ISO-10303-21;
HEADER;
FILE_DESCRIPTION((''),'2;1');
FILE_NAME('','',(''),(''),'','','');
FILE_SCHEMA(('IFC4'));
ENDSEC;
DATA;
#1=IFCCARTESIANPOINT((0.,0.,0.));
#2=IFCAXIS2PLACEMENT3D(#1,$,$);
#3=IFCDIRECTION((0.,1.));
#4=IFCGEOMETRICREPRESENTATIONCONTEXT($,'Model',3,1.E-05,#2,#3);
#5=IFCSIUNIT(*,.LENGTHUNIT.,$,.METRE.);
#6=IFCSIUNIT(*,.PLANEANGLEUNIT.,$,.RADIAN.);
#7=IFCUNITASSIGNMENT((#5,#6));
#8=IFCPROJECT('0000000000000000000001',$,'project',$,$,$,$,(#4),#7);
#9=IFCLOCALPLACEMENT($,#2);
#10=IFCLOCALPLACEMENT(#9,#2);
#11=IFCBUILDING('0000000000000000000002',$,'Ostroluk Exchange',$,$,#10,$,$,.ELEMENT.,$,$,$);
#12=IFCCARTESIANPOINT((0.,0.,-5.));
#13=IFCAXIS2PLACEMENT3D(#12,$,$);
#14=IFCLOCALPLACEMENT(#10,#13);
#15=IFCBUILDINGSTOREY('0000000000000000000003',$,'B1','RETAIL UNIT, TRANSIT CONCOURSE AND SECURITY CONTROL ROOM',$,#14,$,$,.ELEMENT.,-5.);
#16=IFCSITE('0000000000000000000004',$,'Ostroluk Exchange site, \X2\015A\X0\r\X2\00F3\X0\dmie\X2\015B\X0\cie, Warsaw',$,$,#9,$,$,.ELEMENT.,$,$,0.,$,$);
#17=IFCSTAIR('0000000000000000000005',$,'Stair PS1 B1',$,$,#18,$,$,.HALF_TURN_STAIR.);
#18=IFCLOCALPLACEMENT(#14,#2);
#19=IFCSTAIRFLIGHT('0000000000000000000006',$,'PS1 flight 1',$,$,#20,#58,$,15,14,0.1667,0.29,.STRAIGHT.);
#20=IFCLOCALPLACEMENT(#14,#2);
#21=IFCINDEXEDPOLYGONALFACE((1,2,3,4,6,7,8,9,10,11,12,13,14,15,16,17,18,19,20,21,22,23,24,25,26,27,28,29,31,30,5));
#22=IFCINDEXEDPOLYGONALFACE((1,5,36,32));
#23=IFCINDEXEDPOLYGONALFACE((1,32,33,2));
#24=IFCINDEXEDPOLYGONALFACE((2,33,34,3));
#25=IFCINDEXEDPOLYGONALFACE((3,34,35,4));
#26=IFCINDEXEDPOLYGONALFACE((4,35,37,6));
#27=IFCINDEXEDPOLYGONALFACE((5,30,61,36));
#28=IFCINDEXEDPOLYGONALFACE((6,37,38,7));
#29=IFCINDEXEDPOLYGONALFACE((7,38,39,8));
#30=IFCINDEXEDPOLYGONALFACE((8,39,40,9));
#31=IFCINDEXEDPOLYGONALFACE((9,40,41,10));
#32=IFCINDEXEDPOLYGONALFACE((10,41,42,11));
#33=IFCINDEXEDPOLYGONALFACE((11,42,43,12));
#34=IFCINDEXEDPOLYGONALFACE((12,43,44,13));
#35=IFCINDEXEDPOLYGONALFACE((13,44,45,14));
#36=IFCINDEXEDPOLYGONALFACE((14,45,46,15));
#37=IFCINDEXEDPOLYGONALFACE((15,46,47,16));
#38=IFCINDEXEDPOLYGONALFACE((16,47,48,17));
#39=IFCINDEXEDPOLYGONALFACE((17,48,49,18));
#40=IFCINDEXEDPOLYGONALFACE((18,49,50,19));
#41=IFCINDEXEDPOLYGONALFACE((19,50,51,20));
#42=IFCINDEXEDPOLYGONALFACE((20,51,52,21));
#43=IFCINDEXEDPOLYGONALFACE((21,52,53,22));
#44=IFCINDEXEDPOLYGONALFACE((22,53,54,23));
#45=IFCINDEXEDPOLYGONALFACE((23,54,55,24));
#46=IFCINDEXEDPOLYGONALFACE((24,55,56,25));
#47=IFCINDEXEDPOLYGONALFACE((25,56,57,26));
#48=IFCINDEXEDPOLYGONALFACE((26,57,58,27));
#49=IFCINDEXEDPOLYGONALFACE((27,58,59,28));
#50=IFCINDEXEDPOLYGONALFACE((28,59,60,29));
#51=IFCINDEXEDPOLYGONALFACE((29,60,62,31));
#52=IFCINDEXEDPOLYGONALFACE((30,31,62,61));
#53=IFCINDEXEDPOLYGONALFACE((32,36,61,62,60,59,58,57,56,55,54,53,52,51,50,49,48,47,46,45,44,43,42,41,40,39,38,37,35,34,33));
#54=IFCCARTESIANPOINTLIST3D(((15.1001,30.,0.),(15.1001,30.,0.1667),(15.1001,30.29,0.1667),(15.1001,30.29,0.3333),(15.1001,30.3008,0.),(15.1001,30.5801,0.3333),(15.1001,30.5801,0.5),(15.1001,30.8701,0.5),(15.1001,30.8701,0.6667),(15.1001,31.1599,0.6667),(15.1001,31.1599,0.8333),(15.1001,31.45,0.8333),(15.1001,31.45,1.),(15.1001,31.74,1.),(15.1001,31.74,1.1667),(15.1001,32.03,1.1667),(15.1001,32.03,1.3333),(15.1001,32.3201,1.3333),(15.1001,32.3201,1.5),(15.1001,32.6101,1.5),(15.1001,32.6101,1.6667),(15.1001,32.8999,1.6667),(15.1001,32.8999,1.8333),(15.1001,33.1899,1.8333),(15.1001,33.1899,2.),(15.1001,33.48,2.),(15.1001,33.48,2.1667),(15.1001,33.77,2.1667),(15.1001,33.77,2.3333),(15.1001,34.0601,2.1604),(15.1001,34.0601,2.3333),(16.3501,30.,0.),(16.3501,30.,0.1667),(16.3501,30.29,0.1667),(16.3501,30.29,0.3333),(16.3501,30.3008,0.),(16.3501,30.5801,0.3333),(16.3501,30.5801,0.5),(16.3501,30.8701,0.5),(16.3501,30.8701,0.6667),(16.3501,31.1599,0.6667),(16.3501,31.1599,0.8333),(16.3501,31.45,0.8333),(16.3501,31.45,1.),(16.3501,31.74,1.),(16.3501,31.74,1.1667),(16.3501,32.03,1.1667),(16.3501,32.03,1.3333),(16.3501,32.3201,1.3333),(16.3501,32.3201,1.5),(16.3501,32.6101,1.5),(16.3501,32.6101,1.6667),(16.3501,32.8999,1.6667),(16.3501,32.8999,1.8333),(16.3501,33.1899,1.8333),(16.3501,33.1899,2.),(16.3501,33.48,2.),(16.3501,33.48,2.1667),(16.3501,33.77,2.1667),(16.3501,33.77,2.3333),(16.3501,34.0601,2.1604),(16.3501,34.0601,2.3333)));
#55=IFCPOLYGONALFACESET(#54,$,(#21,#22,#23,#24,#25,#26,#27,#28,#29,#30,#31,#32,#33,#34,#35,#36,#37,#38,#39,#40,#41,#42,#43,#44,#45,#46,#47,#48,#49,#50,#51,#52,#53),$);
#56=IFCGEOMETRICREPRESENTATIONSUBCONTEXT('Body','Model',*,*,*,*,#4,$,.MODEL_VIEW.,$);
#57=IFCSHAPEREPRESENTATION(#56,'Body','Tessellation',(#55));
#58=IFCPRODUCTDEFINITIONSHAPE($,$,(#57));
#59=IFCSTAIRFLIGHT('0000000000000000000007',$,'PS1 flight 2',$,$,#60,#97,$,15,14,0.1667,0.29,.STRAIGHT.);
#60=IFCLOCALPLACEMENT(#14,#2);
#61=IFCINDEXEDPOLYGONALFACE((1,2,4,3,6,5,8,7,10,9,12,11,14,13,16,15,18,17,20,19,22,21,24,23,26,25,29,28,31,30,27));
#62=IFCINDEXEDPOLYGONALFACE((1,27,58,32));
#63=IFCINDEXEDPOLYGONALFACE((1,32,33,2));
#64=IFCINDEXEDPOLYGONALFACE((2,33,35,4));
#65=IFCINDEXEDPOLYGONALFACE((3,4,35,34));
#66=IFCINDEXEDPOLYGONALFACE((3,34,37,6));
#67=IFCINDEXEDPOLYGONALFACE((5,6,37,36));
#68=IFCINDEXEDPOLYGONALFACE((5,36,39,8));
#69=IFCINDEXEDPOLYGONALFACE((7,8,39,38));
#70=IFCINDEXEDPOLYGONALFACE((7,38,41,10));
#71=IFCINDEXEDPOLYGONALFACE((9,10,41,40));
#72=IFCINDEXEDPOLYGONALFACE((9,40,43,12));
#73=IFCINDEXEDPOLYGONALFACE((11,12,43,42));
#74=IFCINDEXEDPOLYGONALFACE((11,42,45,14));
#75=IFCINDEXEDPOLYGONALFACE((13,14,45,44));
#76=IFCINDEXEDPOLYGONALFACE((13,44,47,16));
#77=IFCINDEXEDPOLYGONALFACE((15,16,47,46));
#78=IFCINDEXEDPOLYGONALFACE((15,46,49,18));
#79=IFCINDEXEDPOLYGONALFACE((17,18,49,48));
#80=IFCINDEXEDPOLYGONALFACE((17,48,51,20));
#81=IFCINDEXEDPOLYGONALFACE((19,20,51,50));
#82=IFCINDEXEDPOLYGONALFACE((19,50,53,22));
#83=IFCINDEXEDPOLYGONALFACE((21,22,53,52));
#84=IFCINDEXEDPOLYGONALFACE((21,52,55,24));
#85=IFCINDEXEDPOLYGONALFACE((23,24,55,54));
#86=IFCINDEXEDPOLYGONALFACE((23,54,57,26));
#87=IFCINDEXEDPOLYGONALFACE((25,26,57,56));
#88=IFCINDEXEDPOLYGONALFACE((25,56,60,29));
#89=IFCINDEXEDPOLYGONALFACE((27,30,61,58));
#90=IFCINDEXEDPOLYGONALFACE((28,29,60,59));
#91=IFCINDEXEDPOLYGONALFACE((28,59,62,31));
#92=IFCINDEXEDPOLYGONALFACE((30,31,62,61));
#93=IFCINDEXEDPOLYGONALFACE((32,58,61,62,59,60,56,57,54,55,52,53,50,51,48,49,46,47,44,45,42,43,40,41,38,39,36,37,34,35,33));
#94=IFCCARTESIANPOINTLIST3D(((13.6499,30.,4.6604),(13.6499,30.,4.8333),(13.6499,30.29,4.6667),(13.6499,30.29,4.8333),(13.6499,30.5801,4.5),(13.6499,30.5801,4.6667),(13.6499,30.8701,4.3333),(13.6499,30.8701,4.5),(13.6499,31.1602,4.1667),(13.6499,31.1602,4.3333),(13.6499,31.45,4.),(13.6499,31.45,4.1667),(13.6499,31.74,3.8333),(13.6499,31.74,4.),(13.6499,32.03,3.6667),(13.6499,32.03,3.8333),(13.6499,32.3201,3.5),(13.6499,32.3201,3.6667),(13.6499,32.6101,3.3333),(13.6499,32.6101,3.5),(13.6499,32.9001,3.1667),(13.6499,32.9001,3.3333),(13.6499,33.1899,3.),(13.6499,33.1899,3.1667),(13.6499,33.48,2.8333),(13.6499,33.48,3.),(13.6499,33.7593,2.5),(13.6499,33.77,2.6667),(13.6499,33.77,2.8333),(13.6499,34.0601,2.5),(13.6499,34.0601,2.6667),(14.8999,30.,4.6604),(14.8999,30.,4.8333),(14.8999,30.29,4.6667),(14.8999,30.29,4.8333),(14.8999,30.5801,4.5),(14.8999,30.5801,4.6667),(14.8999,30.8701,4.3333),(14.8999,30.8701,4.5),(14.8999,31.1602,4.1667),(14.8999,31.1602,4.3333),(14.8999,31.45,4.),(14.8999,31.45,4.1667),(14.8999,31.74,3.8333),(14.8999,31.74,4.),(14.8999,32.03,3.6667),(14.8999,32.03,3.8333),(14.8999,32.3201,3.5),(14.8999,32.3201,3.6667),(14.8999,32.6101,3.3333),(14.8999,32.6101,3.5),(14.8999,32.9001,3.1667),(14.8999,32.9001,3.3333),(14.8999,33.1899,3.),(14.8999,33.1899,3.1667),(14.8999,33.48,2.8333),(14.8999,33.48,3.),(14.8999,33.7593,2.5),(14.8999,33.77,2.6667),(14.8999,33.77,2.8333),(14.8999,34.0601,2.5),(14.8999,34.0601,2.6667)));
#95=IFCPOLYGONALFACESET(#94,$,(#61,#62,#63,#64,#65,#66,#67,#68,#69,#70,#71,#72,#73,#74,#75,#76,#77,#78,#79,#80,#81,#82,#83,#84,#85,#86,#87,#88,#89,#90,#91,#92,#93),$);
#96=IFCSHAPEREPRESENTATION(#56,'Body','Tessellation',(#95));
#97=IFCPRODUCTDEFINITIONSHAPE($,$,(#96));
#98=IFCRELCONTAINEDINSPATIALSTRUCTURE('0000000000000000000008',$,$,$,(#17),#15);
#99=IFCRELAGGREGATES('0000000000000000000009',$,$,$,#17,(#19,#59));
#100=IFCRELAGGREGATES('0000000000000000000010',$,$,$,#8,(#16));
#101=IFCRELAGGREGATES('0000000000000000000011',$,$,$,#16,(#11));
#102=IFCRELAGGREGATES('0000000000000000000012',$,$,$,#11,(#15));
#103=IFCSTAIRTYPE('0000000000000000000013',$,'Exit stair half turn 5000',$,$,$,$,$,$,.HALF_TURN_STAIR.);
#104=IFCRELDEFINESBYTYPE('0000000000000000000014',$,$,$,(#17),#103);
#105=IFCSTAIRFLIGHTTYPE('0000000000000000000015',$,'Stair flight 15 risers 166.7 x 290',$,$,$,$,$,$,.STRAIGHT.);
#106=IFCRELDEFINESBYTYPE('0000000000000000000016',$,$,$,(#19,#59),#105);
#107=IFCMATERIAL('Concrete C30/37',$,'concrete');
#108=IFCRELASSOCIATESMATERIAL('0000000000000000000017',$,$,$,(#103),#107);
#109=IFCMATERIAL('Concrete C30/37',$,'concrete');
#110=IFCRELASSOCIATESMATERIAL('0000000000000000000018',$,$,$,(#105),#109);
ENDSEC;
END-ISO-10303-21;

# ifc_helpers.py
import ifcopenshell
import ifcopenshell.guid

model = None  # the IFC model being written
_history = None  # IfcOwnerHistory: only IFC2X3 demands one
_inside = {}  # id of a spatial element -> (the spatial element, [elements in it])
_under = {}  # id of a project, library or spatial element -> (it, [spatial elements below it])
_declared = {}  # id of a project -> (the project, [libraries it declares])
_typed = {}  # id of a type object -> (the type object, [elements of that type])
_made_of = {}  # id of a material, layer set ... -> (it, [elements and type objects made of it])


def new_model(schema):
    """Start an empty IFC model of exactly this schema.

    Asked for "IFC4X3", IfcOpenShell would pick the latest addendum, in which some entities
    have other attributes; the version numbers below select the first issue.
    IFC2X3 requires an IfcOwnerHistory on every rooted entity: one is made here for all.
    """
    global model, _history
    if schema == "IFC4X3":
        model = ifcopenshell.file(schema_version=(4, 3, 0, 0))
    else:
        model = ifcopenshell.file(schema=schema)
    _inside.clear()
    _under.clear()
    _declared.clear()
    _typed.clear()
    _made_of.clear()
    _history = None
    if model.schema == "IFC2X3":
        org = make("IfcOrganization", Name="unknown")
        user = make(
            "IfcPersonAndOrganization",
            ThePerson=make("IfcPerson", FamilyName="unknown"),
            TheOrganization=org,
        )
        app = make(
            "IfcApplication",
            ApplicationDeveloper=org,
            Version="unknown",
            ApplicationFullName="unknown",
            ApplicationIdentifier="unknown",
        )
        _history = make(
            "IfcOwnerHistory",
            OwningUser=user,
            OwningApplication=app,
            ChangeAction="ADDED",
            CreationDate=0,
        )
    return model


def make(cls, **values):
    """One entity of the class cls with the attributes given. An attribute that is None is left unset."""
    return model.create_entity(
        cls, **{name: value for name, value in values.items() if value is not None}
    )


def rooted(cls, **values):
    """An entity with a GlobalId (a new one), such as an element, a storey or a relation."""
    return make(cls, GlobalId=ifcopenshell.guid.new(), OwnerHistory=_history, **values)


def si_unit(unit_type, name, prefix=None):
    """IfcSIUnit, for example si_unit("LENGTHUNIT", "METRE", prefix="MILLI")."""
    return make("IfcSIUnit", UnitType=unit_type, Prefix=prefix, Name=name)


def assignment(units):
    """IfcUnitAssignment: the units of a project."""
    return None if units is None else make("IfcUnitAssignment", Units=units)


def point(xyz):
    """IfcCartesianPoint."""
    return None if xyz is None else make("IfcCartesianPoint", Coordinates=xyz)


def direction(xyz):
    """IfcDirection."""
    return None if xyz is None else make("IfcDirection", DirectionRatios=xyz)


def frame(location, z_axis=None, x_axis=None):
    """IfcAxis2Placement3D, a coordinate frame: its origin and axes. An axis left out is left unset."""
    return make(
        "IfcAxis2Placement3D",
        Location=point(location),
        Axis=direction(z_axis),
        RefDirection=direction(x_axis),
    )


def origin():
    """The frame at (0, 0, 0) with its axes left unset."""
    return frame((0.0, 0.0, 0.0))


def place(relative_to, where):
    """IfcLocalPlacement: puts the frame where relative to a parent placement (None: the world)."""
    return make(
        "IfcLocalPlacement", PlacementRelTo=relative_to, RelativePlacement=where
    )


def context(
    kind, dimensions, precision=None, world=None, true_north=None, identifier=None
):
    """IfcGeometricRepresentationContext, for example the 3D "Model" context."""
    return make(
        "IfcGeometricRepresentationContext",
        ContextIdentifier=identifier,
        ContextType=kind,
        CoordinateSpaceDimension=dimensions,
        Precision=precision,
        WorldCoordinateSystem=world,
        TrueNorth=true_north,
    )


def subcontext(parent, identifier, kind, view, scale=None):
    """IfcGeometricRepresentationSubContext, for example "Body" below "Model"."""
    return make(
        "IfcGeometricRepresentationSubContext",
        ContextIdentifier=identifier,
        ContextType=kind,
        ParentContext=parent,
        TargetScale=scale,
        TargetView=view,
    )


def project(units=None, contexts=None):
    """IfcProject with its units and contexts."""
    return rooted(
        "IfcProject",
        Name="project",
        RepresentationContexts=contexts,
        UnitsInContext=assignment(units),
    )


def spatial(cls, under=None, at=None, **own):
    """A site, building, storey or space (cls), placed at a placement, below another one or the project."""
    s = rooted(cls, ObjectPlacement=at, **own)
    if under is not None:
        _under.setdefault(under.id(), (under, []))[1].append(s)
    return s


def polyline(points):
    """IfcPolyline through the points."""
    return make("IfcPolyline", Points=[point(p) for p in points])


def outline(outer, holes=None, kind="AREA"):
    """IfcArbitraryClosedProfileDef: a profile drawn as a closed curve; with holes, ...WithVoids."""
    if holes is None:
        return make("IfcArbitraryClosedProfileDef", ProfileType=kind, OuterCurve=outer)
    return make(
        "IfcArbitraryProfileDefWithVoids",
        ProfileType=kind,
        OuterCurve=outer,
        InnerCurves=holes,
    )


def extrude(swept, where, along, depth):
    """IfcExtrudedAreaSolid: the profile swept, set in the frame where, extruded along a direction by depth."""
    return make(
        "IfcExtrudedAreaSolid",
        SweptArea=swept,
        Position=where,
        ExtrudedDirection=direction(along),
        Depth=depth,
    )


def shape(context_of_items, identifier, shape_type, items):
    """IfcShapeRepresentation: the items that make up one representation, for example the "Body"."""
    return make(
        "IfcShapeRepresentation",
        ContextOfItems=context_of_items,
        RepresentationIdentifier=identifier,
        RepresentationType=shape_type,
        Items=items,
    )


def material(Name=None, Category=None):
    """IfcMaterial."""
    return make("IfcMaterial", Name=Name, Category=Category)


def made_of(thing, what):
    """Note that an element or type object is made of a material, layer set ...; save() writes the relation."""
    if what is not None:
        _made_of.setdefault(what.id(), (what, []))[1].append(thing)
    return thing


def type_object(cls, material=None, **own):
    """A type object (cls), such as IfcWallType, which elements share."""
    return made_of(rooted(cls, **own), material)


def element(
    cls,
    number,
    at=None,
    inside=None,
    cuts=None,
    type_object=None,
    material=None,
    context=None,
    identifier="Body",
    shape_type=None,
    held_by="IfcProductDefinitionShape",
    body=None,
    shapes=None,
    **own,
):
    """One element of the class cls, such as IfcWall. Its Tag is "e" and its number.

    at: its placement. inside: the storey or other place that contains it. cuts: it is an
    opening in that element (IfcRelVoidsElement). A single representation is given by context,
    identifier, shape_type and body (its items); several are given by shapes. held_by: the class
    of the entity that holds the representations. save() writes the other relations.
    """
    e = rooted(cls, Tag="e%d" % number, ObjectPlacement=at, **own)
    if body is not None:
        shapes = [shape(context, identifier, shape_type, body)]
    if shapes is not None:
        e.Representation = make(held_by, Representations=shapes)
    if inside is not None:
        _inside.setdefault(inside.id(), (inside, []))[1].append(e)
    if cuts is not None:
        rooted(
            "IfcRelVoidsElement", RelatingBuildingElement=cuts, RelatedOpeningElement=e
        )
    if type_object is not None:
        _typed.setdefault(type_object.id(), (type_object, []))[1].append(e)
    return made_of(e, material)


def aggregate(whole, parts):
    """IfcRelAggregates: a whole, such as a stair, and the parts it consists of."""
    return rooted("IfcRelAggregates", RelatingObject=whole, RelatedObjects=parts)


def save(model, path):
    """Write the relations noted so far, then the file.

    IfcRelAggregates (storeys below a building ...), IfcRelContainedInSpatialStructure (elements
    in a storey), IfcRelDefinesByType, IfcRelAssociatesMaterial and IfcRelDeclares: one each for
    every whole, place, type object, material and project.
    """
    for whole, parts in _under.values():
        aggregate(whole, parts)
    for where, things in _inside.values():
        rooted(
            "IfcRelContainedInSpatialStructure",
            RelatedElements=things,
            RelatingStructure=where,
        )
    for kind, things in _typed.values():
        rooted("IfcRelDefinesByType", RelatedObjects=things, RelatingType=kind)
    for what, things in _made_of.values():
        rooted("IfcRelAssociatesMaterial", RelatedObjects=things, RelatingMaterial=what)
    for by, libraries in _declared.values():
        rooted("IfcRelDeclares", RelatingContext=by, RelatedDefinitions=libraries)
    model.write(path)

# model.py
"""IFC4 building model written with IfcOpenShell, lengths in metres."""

from ifc_helpers import new_model, si_unit, direction, frame, origin, place, context, subcontext, project, spatial, polyline, outline, extrude, material, type_object, element, aggregate, save


model = new_model("IFC4")

# Units and contexts
model_context = context("Model", 3, precision=1e-05, world=origin(), true_north=direction((0.0, 1.0)))
body_context = subcontext(model_context, "Body", "Model", "MODEL_VIEW")
ifc_project = project(units=[si_unit("LENGTHUNIT", "METRE"), si_unit("PLANEANGLEUNIT", "RADIAN")], contexts=[model_context])

# Site, building, storey
site_placement = place(None, origin())
site = spatial("IfcSite", under=ifc_project, at=site_placement, Name="Ostroluk Exchange site, Śródmieście, Warsaw", CompositionType="ELEMENT", RefElevation=0.0)
building_placement = place(site_placement, origin())
building = spatial("IfcBuilding", under=site, at=building_placement, Name="Ostroluk Exchange", CompositionType="ELEMENT")
storey_placement = place(building_placement, frame((0.0, 0.0, -5.0)))
storey = spatial("IfcBuildingStorey", under=building, at=storey_placement, Name="B1", Description="RETAIL UNIT, TRANSIT CONCOURSE AND SECURITY CONTROL ROOM", CompositionType="ELEMENT", Elevation=-5.0)

# Stair, stair flights
ifc_material_1 = material(Name="Concrete C30/37", Category="concrete")
stair_type = type_object("IfcStairType", Name="Exit stair half turn 5000", PredefinedType="HALF_TURN_STAIR", material=ifc_material_1)
stair_placement = place(storey_placement, origin())
stair = element("IfcStair", 1, at=stair_placement, inside=storey, type_object=stair_type, Name="Stair PS1 B1", PredefinedType="HALF_TURN_STAIR")
ifc_material_2 = material(Name="Concrete C30/37", Category="concrete")
stair_flight_type = type_object("IfcStairFlightType", Name="Stair flight 15 risers 166.7 x 290", PredefinedType="STRAIGHT", material=ifc_material_2)
stair_flight_1_placement = place(storey_placement, frame((15.7251, 30.0, 0.0), z_axis=(0.0, 0.0, 1.0), x_axis=(0.0, 1.0, 0.0)))
stair_flight_1 = element("IfcStairFlight", 2, at=stair_flight_1_placement, type_object=stair_flight_type, Name="PS1 flight 1", NumberOfRisers=15, NumberOfTreads=14, PredefinedType="STRAIGHT", RiserHeight=0.1667, TreadLength=0.29, context=body_context, shape_type="SweptSolid", body=[
    extrude(outline(polyline([(0.0, 0.0), (0.0, 0.1667), (0.29, 0.1667), (0.29, 0.3333), (0.5801, 0.3333), (0.5801, 0.5), (0.8701, 0.5), (0.8701, 0.6667), (1.1599, 0.6667), (1.1599, 0.8333), (1.45, 0.8333), (1.45, 1.0), (1.74, 1.0), (1.74, 1.1667), (2.03, 1.1667), (2.03, 1.3333), (2.3201, 1.3333), (2.3201, 1.5), (2.6101, 1.5), (2.6101, 1.6667), (2.8999, 1.6667), (2.8999, 1.8333), (3.1899, 1.8333), (3.1899, 2.0), (3.48, 2.0), (3.48, 2.1667), (3.77, 2.1667), (3.77, 2.3333), (4.0601, 2.3333), (4.0601, 2.5), (4.0601, 2.1604), (0.3008, 0.0), (0.0, 0.0)])), frame((0.0, 0.625, 0.0), z_axis=(0.0, -1.0, 0.0), x_axis=(1.0, 0.0, 0.0)), (0.0, 0.0, 1.0), 1.25),
])
stair_flight_2_placement = place(storey_placement, frame((14.2749, 34.0601, 2.5), z_axis=(0.0, 0.0, 1.0), x_axis=(0.0, -1.0, 0.0)))
stair_flight_2 = element("IfcStairFlight", 3, at=stair_flight_2_placement, type_object=stair_flight_type, Name="PS1 flight 2", NumberOfRisers=15, NumberOfTreads=14, PredefinedType="STRAIGHT", RiserHeight=0.1667, TreadLength=0.29, context=body_context, shape_type="SweptSolid", body=[
    extrude(outline(polyline([(0.0, 0.0), (0.0, 0.1667), (0.29, 0.1667), (0.29, 0.3333), (0.5801, 0.3333), (0.5801, 0.5), (0.8701, 0.5), (0.8701, 0.6667), (1.1599, 0.6667), (1.1599, 0.8333), (1.45, 0.8333), (1.45, 1.0), (1.74, 1.0), (1.74, 1.1667), (2.03, 1.1667), (2.03, 1.3333), (2.3201, 1.3333), (2.3201, 1.5), (2.6101, 1.5), (2.6101, 1.6667), (2.8999, 1.6667), (2.8999, 1.8333), (3.1899, 1.8333), (3.1899, 2.0), (3.48, 2.0), (3.48, 2.1667), (3.77, 2.1667), (3.77, 2.3333), (4.0601, 2.3333), (4.0601, 2.5), (4.0601, 2.1604), (0.3008, 0.0), (0.0, 0.0)])), frame((0.0, 0.625, 0.0), z_axis=(0.0, -1.0, 0.0), x_axis=(1.0, 0.0, 0.0)), (0.0, 0.0, 1.0), 1.25),
])
aggregate(stair, [stair_flight_1, stair_flight_2])

save(model, "model.ifc")
